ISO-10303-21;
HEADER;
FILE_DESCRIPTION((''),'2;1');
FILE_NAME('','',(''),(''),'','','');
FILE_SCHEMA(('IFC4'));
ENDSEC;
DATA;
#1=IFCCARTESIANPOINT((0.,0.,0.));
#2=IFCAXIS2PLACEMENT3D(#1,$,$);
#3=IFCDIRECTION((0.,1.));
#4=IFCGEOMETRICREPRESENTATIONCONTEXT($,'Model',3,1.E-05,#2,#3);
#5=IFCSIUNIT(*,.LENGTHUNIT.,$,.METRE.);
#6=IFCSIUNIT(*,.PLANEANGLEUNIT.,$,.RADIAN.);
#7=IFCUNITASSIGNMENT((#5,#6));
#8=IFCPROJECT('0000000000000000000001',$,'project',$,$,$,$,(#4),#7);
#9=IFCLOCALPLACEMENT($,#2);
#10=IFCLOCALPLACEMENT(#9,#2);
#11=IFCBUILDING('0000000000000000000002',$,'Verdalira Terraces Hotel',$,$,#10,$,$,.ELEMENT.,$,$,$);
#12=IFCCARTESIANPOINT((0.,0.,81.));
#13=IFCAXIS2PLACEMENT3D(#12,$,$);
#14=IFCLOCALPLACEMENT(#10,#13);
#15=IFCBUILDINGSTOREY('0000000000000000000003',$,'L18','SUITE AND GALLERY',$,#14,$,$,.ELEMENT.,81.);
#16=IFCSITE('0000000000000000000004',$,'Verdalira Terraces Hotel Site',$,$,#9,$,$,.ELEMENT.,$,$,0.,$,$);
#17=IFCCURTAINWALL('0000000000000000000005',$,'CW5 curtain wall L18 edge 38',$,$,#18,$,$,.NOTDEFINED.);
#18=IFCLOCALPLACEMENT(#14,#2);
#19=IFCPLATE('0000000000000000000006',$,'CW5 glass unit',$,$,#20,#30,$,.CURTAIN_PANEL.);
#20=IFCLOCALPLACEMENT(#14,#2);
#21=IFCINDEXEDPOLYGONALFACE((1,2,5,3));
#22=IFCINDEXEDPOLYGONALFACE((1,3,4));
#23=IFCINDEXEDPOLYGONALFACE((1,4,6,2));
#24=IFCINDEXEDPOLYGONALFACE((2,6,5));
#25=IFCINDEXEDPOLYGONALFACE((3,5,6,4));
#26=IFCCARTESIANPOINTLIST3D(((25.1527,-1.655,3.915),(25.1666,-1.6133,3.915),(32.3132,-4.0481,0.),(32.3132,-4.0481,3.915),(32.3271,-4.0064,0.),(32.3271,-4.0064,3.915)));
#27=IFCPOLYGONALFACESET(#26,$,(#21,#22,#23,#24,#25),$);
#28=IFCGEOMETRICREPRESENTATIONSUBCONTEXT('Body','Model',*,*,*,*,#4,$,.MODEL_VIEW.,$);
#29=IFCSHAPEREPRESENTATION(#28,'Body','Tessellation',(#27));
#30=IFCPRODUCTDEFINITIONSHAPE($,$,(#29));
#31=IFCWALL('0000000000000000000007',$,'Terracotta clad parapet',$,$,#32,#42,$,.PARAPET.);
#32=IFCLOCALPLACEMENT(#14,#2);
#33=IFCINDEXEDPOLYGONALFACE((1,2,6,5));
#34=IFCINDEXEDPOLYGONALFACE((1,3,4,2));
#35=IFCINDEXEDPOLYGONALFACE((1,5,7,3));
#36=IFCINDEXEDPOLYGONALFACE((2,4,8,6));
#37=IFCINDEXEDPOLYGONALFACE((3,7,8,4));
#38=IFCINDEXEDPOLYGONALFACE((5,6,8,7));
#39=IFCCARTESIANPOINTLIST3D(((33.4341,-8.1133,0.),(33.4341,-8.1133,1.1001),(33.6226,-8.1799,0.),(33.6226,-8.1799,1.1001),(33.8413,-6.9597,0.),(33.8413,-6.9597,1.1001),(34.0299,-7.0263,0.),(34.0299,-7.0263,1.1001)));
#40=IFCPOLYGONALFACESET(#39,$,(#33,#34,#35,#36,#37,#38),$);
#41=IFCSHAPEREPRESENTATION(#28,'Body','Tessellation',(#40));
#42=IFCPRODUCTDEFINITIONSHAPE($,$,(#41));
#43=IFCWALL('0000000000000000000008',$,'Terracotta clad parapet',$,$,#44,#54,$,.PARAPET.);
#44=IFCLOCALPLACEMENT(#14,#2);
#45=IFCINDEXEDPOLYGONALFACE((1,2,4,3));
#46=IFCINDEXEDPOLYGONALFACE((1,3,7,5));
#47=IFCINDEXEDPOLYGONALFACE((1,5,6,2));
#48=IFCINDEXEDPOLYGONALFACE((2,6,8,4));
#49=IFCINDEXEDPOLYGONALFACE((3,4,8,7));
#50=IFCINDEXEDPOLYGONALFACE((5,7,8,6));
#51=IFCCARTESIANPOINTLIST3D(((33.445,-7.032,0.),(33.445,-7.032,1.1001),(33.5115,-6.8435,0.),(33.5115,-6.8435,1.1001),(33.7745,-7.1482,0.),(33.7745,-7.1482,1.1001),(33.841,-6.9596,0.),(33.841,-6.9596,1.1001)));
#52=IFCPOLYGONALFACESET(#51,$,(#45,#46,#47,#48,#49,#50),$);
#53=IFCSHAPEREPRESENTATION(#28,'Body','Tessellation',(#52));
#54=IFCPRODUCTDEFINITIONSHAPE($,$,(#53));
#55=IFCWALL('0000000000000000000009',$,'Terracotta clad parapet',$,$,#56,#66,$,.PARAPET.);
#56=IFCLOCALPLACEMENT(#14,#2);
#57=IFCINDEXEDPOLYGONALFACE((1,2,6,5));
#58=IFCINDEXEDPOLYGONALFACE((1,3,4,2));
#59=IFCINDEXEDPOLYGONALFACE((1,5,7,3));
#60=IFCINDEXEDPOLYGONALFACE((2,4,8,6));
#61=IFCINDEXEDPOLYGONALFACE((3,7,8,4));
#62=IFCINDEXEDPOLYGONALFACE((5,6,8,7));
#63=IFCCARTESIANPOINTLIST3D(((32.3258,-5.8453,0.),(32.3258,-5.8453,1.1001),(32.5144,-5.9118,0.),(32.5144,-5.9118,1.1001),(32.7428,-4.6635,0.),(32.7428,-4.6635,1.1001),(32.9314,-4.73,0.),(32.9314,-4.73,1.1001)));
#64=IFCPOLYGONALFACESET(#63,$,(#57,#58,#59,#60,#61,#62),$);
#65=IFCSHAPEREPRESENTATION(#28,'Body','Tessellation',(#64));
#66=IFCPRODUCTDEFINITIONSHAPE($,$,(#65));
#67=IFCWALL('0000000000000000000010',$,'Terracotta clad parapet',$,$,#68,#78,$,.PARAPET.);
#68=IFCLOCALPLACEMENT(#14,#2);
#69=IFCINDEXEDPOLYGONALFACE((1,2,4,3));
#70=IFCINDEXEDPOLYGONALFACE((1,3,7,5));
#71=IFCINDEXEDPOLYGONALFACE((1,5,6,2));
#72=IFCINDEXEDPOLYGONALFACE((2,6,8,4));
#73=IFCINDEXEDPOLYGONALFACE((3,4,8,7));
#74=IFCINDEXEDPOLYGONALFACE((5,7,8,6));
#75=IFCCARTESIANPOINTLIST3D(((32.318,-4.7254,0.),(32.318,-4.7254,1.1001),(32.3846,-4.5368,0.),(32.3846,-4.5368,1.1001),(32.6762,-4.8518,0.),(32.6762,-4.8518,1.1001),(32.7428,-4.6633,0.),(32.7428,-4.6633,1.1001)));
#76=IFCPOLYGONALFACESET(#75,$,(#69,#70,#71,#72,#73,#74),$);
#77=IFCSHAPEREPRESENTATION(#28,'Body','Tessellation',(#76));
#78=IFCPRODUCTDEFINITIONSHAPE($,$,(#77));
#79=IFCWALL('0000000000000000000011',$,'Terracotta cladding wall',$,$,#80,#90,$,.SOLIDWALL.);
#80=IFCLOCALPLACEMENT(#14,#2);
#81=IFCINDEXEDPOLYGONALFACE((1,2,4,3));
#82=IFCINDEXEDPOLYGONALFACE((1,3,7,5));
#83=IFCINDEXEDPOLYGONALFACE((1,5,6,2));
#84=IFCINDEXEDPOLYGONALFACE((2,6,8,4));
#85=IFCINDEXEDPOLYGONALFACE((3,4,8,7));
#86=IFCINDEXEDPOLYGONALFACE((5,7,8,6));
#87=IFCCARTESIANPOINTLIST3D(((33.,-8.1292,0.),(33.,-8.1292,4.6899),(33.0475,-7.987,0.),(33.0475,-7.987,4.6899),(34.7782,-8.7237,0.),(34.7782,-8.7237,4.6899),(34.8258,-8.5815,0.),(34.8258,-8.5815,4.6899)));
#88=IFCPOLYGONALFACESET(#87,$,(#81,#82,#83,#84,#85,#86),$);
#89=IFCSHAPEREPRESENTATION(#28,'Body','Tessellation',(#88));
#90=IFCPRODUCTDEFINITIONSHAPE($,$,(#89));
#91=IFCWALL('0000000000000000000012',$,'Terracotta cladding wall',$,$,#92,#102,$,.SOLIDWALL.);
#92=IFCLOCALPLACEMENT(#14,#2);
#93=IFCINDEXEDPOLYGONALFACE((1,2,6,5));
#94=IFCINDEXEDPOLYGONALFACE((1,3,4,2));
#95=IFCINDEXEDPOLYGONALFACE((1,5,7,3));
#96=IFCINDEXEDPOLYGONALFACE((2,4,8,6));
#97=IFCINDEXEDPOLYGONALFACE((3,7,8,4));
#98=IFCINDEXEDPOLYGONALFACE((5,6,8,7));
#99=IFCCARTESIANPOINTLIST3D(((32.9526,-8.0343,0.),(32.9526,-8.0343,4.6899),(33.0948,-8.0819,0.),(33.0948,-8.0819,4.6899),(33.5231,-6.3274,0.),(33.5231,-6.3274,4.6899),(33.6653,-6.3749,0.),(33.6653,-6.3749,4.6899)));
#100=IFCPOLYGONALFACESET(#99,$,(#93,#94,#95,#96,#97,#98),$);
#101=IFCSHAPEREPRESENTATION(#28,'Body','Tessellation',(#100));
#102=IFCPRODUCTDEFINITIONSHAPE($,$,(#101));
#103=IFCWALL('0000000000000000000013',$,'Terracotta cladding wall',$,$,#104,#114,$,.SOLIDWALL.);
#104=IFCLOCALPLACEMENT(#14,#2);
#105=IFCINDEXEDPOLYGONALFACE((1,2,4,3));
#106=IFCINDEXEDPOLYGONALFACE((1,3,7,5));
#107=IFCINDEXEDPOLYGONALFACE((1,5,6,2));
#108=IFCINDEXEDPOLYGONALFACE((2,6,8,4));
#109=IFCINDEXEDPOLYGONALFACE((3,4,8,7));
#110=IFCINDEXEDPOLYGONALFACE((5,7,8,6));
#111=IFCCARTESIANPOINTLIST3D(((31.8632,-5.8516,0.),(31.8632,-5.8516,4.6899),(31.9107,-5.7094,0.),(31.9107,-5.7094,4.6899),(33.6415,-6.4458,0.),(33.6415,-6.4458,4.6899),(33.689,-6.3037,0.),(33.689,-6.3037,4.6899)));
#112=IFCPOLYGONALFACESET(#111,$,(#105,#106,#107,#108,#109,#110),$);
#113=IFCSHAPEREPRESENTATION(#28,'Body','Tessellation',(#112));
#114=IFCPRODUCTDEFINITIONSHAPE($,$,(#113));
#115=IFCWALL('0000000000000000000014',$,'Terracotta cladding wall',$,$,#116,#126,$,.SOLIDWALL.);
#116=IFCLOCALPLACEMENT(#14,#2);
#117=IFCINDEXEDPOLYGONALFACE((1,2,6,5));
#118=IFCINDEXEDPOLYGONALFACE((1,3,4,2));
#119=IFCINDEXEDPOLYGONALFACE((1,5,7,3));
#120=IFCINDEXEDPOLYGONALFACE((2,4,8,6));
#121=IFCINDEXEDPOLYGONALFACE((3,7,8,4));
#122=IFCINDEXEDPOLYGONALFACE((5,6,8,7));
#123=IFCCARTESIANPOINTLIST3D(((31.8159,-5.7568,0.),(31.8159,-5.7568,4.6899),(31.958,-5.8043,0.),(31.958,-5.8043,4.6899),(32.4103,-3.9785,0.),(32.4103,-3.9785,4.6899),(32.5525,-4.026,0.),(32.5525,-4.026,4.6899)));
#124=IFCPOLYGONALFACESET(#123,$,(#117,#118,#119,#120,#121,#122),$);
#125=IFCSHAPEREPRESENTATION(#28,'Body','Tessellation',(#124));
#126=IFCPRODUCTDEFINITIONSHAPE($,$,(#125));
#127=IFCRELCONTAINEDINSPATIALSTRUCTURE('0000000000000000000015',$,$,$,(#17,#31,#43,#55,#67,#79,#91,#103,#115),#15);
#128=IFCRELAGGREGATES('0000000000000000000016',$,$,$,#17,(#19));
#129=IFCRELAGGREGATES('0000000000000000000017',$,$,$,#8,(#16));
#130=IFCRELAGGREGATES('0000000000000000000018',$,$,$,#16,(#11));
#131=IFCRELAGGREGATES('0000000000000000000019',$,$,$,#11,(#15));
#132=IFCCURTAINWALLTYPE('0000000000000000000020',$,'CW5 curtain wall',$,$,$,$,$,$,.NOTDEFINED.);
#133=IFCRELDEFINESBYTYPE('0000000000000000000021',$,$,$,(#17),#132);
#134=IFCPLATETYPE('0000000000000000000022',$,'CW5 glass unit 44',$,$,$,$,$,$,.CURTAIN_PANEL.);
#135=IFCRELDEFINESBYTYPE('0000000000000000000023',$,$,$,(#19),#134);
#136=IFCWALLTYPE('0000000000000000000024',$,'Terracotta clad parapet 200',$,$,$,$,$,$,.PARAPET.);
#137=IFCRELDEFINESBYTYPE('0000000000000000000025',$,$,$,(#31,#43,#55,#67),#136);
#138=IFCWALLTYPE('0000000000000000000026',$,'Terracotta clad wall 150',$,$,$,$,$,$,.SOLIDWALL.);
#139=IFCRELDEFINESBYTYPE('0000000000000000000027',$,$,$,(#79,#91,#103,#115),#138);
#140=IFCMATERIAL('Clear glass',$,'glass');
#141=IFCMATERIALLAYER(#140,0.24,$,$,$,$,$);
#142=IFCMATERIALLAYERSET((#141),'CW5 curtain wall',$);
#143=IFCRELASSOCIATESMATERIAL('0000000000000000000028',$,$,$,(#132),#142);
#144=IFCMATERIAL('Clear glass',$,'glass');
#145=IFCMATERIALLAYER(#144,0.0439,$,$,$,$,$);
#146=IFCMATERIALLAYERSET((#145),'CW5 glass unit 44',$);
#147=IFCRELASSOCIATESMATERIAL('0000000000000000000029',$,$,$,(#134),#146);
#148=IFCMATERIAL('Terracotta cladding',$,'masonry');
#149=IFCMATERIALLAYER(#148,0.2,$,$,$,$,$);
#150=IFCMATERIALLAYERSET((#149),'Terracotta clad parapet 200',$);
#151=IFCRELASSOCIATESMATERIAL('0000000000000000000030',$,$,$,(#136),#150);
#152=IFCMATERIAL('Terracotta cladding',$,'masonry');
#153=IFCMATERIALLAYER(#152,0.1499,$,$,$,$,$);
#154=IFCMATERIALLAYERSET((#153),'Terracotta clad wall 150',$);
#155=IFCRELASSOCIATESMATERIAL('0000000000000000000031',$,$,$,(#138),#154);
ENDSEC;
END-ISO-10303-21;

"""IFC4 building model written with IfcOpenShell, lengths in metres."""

from ifc_helpers import new_model, si_unit, direction, frame, frame_2d, origin, place, context, subcontext, project, spatial, polyline, rectangle, outline, extrude, material, layer, layer_set, type_object, element, aggregate, save


model = new_model("IFC4")

# Units and contexts
model_context = context("Model", 3, precision=1e-05, world=origin(), true_north=direction((0.0, 1.0)))
body_context = subcontext(model_context, "Body", "Model", "MODEL_VIEW")
ifc_project = project(units=[si_unit("LENGTHUNIT", "METRE"), si_unit("PLANEANGLEUNIT", "RADIAN")], contexts=[model_context])

# Site, building, storey
site_placement = place(None, origin())
site = spatial("IfcSite", under=ifc_project, at=site_placement, Name="Verdalira Terraces Hotel Site", CompositionType="ELEMENT", RefElevation=0.0)
building_placement = place(site_placement, origin())
building = spatial("IfcBuilding", under=site, at=building_placement, Name="Verdalira Terraces Hotel", CompositionType="ELEMENT")
storey_placement = place(building_placement, frame((0.0, 0.0, 81.0)))
storey = spatial("IfcBuildingStorey", under=building, at=storey_placement, Name="L18", Description="SUITE AND GALLERY", CompositionType="ELEMENT", Elevation=81.0)

# Shared definitions
ifc_material_1 = material(Name="Clear glass", Category="glass")
ifc_layer_1 = layer(ifc_material_1, 0.24)
ifc_layer_set_1 = layer_set([ifc_layer_1], Name="CW5 curtain wall")
curtain_wall_type = type_object("IfcCurtainWallType", Name="CW5 curtain wall", PredefinedType="NOTDEFINED", material=ifc_layer_set_1)

# Curtain wall
curtain_wall_1_placement = place(storey_placement, origin())
curtain_wall_1 = element("IfcCurtainWall", 1, at=curtain_wall_1_placement, inside=storey, type_object=curtain_wall_type, Name="CW5 curtain wall L18 edge 38", PredefinedType="NOTDEFINED")

# Plate
ifc_material_2 = material(Name="Clear glass", Category="glass")
ifc_layer_2 = layer(ifc_material_2, 0.0439)
ifc_layer_set_2 = layer_set([ifc_layer_2], Name="CW5 glass unit 44")
plate_type = type_object("IfcPlateType", Name="CW5 glass unit 44", PredefinedType="CURTAIN_PANEL", material=ifc_layer_set_2)
plate_1_placement = place(storey_placement, frame((28.7329, -2.8516, 1.9575), z_axis=(0.316974, 0.948434, 0.0), x_axis=(-0.948434, 0.316974, 0.0)))
plate_1 = element("IfcPlate", 2, at=plate_1_placement, type_object=plate_type, Name="CW5 glass unit", PredefinedType="CURTAIN_PANEL", context=body_context, shape_type="SweptSolid", body=[
    extrude(outline(polyline([(-3.7749, -1.9575), (3.7749, 1.9575), (-3.7749, 1.9575), (-3.7749, -1.9575)])), origin(), (0.0, 0.0, 1.0), 0.0439),
])
aggregate(curtain_wall_1, [plate_1])

# Walls
ifc_material_3 = material(Name="Terracotta cladding", Category="masonry")
ifc_layer_3 = layer(ifc_material_3, 0.2)
ifc_layer_set_3 = layer_set([ifc_layer_3], Name="Terracotta clad parapet 200")
wall_type_1 = type_object("IfcWallType", Name="Terracotta clad parapet 200", PredefinedType="PARAPET", material=ifc_layer_set_3)
wall_1_placement = place(storey_placement, frame((33.5283, -8.1467, 0.0), z_axis=(0.0, 0.0, 1.0), x_axis=(0.332883, 0.942968, 0.0)))
element("IfcWall", 3, at=wall_1_placement, inside=storey, type_object=wall_type_1, Name="Terracotta clad parapet", PredefinedType="PARAPET", context=body_context, shape_type="SweptSolid", body=[
    extrude(rectangle(XDim=1.2234, YDim=0.2, at=frame_2d((0.6118, 0.0))), origin(), (0.0, 0.0, 1.0), 1.1001),
])
wall_2_placement = place(storey_placement, frame((33.8079, -7.054, 0.0), z_axis=(0.0, 0.0, 1.0), x_axis=(-0.943093, 0.332528, 0.0)))
element("IfcWall", 4, at=wall_2_placement, inside=storey, type_object=wall_type_1, Name="Terracotta clad parapet", PredefinedType="PARAPET", context=body_context, shape_type="SweptSolid", body=[
    extrude(rectangle(XDim=0.3494, YDim=0.2, at=frame_2d((0.1748, 0.0))), origin(), (0.0, 0.0, 1.0), 1.1001),
])
wall_3_placement = place(storey_placement, frame((32.4202, -5.8784, 0.0), z_axis=(0.0, 0.0, 1.0), x_axis=(0.332718, 0.943026, 0.0)))
element("IfcWall", 5, at=wall_3_placement, inside=storey, type_object=wall_type_1, Name="Terracotta clad parapet", PredefinedType="PARAPET", context=body_context, shape_type="SweptSolid", body=[
    extrude(rectangle(XDim=1.2532, YDim=0.2, at=frame_2d((0.6265, 0.0))), origin(), (0.0, 0.0, 1.0), 1.1001),
])
wall_4_placement = place(storey_placement, frame((32.7095, -4.7576, 0.0), z_axis=(0.0, 0.0, 1.0), x_axis=(-0.942943, 0.332955, 0.0)))
element("IfcWall", 6, at=wall_4_placement, inside=storey, type_object=wall_type_1, Name="Terracotta clad parapet", PredefinedType="PARAPET", context=body_context, shape_type="SweptSolid", body=[
    extrude(rectangle(XDim=0.3799, YDim=0.2, at=frame_2d((0.1899, 0.0))), origin(), (0.0, 0.0, 1.0), 1.1001),
])
ifc_material_4 = material(Name="Terracotta cladding", Category="masonry")
ifc_layer_4 = layer(ifc_material_4, 0.1499)
ifc_layer_set_4 = layer_set([ifc_layer_4], Name="Terracotta clad wall 150")
wall_type_2 = type_object("IfcWallType", Name="Terracotta clad wall 150", PredefinedType="SOLIDWALL", material=ifc_layer_set_4)
wall_5_placement = place(storey_placement, frame((34.802, -8.6526, 0.0), z_axis=(0.0, 0.0, 1.0), x_axis=(-0.94841, 0.317048, 0.0)))
element("IfcWall", 7, at=wall_5_placement, inside=storey, type_object=wall_type_2, Name="Terracotta cladding wall", PredefinedType="SOLIDWALL", context=body_context, shape_type="SweptSolid", body=[
    extrude(rectangle(XDim=1.875, YDim=0.1499, at=frame_2d((0.9375, 0.0))), origin(), (0.0, 0.0, 1.0), 4.6899),
])
wall_6_placement = place(storey_placement, frame((33.0237, -8.0581, 0.0), z_axis=(0.0, 0.0, 1.0), x_axis=(0.317001, 0.948425, 0.0)))
element("IfcWall", 8, at=wall_6_placement, inside=storey, type_object=wall_type_2, Name="Terracotta cladding wall", PredefinedType="SOLIDWALL", context=body_context, shape_type="SweptSolid", body=[
    extrude(rectangle(XDim=1.7998, YDim=0.1499, at=frame_2d((0.8999, 0.0))), origin(), (0.0, 0.0, 1.0), 4.6899),
])
for number, where, z_axis, x_axis, name in (
    (9, (33.6653, -6.3748, 0.0), (0.0, 0.0, 1.0), (-0.948449, 0.316931, 0.0), "Terracotta cladding wall"),
    (10, (31.887, -5.7805, 0.0), (0.0, 0.0, 1.0), (0.317048, 0.94841, 0.0), "Terracotta cladding wall"),
):
    element("IfcWall", number, at=place(storey_placement, frame(where, z_axis=z_axis, x_axis=x_axis)), inside=storey, type_object=wall_type_2, Name=name, PredefinedType="SOLIDWALL", context=body_context, shape_type="SweptSolid", body=[
        extrude(rectangle(XDim=1.875, YDim=0.1499, at=frame_2d((0.9375, 0.0))), origin(), (0.0, 0.0, 1.0), 4.6899),
    ])

save(model, "model.ifc")
